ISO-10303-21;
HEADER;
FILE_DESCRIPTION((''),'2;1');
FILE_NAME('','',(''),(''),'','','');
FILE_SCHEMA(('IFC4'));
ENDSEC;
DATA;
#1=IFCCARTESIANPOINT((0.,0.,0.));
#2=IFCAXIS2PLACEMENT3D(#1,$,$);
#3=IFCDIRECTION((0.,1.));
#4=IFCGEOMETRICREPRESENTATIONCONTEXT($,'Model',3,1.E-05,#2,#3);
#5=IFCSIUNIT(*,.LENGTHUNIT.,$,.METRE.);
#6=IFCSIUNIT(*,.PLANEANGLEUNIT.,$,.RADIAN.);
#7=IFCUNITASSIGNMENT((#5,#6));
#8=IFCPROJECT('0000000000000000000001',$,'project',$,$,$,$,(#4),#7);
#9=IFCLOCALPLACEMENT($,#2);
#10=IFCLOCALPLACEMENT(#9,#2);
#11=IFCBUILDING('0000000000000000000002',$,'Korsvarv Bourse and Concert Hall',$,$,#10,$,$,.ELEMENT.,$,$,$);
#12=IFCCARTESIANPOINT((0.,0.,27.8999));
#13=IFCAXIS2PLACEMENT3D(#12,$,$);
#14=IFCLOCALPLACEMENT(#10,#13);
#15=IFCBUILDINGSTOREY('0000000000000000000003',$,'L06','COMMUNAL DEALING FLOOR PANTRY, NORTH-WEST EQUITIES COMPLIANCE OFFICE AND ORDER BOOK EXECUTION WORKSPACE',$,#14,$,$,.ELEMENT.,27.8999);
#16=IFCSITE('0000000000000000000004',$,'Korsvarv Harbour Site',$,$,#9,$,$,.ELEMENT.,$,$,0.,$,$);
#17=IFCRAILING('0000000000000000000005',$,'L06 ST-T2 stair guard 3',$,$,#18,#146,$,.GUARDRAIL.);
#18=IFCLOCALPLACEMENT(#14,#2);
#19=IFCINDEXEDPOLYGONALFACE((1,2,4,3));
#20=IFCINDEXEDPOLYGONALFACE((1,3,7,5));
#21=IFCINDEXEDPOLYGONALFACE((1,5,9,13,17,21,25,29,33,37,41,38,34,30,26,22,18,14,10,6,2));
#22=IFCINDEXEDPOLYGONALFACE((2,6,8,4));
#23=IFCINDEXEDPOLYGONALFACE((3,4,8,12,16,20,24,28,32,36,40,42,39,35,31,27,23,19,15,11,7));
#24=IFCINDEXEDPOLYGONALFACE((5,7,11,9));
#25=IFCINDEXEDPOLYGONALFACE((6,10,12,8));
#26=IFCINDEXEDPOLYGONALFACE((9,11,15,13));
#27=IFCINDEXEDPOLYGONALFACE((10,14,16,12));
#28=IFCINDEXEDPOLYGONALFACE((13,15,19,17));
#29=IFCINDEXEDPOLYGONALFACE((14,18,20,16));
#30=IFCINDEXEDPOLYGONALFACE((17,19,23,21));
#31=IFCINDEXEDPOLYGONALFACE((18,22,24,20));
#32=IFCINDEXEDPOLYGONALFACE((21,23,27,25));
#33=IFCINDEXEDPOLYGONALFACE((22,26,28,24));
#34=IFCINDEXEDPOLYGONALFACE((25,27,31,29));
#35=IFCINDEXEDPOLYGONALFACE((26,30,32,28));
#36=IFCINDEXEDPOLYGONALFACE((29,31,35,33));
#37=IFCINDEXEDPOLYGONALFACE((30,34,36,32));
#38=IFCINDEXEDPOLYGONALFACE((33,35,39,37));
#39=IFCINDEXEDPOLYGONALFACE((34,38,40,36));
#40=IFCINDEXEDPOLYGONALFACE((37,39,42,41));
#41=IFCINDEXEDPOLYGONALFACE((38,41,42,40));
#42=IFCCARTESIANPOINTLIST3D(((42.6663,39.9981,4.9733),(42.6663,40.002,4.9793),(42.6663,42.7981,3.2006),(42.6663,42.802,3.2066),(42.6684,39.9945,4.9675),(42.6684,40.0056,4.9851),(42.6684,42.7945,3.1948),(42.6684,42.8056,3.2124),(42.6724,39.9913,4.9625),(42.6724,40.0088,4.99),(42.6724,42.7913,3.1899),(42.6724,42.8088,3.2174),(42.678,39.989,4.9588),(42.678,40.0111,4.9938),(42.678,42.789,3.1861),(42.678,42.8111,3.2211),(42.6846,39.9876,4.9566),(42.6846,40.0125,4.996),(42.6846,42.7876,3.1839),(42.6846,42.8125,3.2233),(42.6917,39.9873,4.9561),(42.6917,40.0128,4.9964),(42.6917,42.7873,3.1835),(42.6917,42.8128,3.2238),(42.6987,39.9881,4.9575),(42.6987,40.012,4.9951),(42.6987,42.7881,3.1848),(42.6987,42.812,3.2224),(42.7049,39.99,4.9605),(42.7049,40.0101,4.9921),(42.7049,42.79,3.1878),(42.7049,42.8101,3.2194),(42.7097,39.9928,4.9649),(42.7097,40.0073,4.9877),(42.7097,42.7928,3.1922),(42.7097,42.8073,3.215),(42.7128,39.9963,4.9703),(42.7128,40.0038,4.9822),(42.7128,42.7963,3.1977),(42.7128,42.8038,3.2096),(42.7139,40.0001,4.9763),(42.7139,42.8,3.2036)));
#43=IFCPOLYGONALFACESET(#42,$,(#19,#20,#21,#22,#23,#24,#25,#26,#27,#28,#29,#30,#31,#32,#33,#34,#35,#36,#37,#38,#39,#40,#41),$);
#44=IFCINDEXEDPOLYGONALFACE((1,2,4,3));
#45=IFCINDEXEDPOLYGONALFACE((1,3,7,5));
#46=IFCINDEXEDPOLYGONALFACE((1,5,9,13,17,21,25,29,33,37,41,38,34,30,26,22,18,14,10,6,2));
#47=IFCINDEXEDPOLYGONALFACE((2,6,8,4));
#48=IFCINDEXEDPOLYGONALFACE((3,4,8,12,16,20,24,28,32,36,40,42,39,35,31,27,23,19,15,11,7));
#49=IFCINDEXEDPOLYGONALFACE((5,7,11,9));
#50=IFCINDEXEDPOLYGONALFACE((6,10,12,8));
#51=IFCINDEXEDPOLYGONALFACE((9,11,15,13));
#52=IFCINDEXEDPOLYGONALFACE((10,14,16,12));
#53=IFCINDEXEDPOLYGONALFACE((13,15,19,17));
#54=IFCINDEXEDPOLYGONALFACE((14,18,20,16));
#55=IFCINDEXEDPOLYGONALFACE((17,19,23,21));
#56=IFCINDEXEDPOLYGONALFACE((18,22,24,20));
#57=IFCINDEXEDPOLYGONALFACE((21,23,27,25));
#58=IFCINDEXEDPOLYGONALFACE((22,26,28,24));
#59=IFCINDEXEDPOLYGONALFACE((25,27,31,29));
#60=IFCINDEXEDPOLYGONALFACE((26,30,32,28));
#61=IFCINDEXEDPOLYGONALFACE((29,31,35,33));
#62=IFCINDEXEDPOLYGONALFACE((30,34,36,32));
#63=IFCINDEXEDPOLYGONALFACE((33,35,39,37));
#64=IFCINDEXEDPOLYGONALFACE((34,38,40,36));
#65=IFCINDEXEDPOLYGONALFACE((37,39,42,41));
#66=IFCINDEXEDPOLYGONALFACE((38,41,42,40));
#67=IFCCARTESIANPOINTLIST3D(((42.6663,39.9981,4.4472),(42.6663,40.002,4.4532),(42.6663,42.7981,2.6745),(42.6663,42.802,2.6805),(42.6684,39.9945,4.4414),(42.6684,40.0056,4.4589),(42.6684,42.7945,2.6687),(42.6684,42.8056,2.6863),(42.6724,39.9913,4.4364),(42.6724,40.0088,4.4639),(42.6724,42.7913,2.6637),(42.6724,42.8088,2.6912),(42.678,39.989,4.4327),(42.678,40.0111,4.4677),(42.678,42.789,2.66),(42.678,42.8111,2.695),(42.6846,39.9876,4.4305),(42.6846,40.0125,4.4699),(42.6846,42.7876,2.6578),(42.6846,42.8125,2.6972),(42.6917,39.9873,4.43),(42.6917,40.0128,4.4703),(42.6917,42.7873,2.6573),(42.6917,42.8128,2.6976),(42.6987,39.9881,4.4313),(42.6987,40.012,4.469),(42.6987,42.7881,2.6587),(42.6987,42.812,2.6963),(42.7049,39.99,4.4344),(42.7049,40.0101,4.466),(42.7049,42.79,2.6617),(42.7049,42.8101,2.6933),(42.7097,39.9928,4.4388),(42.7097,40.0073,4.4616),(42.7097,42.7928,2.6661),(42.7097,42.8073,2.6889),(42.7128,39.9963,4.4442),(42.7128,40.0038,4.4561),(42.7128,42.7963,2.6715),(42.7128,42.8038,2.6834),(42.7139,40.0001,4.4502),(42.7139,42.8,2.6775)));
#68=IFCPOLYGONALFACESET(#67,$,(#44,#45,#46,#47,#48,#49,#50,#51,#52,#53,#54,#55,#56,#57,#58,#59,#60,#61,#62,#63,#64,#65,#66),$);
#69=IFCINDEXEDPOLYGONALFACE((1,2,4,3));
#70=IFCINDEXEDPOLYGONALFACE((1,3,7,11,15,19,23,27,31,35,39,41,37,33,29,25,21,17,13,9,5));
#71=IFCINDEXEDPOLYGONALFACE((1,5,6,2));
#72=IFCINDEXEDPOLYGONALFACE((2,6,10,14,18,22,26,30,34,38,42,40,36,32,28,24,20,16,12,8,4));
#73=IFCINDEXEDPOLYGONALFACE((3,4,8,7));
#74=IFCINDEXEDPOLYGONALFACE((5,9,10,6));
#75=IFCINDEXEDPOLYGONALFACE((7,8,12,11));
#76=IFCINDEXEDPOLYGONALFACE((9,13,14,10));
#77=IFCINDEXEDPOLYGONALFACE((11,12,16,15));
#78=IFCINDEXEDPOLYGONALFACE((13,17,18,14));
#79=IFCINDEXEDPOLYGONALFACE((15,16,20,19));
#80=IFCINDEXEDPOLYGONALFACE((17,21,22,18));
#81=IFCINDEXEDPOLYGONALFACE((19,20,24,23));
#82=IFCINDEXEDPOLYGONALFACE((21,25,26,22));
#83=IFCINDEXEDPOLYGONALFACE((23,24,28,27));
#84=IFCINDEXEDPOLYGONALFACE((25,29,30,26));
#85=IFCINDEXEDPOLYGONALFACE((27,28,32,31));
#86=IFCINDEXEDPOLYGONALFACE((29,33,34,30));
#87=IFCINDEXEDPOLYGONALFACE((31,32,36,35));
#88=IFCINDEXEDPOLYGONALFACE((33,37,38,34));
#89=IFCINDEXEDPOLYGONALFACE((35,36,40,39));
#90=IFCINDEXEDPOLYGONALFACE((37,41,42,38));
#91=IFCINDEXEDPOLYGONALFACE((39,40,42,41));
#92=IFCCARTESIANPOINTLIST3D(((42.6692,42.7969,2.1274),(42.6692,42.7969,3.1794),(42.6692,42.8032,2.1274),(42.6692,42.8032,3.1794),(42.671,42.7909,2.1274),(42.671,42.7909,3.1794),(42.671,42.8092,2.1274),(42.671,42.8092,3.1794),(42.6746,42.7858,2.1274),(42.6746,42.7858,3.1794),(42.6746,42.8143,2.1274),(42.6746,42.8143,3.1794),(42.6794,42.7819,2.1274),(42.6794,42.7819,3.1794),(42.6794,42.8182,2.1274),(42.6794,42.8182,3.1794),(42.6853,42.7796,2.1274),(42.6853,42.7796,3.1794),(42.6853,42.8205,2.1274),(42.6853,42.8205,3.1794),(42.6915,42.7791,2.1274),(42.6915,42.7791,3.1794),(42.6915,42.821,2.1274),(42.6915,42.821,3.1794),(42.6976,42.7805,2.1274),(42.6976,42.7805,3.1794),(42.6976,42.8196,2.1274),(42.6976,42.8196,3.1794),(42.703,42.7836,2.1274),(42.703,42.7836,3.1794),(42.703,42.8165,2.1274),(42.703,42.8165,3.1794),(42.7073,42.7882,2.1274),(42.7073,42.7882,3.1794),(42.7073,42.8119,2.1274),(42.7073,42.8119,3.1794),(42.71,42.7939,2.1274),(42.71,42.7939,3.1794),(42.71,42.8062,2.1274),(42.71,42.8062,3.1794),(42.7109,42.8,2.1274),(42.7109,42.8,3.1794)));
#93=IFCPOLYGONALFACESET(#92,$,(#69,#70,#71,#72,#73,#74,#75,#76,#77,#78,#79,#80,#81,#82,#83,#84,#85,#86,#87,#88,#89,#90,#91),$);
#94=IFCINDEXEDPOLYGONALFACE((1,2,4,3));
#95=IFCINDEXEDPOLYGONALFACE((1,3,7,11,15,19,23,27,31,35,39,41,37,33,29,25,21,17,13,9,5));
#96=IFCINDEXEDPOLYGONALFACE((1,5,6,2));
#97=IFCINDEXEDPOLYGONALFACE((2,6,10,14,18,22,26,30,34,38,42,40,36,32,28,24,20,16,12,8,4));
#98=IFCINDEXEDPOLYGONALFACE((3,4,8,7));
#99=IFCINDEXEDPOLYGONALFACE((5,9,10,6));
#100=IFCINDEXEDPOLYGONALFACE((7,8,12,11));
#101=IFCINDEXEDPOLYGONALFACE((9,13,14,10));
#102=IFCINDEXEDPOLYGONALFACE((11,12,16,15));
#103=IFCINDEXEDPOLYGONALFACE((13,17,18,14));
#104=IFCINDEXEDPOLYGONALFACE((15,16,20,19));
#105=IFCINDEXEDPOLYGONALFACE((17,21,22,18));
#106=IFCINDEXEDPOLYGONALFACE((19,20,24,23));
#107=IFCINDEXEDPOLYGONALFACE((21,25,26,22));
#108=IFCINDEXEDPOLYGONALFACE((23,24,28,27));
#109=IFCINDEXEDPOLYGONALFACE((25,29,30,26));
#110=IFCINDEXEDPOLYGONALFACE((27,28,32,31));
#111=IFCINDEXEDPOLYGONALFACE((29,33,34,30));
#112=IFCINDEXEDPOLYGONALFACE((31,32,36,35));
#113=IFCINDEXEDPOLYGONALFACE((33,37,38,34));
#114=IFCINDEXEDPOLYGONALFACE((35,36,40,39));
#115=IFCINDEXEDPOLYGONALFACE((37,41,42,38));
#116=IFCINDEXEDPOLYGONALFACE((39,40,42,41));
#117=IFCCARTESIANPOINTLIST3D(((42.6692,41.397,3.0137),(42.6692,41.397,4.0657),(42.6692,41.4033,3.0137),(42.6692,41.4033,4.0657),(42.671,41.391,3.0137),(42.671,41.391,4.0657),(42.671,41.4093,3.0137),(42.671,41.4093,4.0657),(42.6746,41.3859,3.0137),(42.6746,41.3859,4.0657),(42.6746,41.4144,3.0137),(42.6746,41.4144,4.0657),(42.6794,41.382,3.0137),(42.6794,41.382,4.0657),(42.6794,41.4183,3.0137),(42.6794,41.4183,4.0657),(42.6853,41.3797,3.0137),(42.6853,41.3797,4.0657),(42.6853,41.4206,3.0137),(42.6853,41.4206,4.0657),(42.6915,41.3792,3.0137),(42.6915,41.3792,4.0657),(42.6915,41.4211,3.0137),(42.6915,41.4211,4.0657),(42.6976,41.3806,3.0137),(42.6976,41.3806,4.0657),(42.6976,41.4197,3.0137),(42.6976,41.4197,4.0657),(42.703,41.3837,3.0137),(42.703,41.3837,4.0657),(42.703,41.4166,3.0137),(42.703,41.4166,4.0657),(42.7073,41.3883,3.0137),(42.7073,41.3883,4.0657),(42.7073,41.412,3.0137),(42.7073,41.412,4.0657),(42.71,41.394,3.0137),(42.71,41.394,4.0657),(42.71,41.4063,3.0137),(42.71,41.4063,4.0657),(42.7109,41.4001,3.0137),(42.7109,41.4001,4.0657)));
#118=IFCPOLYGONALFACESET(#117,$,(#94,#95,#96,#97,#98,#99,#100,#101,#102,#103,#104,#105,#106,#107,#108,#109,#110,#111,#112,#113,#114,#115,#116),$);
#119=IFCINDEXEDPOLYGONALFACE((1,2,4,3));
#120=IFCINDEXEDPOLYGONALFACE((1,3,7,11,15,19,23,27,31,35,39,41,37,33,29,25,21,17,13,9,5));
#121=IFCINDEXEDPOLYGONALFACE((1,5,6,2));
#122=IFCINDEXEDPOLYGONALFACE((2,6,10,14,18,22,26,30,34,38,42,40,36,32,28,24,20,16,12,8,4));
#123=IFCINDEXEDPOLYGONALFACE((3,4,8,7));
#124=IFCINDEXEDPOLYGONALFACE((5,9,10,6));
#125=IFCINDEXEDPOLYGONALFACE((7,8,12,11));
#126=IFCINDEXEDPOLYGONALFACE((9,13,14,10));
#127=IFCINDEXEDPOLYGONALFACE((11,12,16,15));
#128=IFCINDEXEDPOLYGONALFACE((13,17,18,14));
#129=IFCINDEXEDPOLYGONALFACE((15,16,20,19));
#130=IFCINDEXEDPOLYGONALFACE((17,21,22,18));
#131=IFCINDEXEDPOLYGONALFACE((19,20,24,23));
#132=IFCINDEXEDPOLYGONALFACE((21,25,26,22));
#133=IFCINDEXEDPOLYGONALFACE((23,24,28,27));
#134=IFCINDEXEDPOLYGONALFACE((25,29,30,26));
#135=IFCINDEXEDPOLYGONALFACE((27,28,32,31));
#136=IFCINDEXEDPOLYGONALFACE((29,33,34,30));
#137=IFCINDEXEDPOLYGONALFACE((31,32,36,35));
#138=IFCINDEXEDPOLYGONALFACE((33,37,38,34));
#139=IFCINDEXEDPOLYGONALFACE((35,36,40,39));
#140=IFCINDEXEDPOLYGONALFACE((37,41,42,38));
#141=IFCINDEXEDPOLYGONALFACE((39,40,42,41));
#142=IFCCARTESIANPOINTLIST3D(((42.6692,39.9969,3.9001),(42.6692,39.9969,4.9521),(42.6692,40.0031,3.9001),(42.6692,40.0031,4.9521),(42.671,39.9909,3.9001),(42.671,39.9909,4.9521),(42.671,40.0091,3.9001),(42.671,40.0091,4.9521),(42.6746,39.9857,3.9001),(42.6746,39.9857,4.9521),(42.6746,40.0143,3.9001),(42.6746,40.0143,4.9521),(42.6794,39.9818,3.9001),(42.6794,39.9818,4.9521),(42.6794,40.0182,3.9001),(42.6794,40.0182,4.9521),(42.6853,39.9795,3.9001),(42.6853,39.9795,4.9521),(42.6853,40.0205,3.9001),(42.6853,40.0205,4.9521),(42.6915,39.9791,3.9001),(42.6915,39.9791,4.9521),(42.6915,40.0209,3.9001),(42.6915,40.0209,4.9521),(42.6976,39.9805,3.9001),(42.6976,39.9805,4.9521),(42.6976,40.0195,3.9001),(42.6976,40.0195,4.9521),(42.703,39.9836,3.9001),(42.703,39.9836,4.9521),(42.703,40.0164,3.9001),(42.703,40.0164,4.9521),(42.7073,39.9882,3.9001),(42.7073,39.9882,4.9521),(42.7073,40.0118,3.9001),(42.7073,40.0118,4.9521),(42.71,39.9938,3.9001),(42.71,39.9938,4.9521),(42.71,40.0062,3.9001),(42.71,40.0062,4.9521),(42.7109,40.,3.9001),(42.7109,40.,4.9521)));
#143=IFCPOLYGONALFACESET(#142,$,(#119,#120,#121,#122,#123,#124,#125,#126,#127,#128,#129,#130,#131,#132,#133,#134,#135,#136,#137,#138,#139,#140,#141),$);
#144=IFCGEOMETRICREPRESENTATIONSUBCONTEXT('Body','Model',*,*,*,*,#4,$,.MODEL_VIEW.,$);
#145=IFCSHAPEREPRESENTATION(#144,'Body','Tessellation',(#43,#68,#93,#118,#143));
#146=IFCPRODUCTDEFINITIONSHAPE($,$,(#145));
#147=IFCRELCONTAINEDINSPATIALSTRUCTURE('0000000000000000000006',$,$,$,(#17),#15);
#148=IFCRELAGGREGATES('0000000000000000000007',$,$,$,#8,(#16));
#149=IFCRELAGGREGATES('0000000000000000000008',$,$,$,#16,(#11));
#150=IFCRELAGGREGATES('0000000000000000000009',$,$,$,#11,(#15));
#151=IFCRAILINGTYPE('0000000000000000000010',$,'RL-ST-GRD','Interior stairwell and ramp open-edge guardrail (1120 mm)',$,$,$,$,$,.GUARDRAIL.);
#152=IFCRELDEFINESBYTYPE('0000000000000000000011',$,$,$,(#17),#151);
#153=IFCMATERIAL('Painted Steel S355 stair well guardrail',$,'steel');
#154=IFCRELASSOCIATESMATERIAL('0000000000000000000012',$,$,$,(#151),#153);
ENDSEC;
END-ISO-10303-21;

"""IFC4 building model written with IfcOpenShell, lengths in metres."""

from ifc_helpers import new_model, si_unit, direction, frame, origin, origin_2d, place, context, subcontext, project, spatial, circle, extrude, material, type_object, element, save


model = new_model("IFC4")

# Units and contexts
model_context = context("Model", 3, precision=1e-05, world=origin(), true_north=direction((0.0, 1.0)))
body_context = subcontext(model_context, "Body", "Model", "MODEL_VIEW")
ifc_project = project(units=[si_unit("LENGTHUNIT", "METRE"), si_unit("PLANEANGLEUNIT", "RADIAN")], contexts=[model_context])

# Site, building, storey
site_placement = place(None, origin())
site = spatial("IfcSite", under=ifc_project, at=site_placement, Name="Korsvarv Harbour Site", CompositionType="ELEMENT", RefElevation=0.0)
building_placement = place(site_placement, origin())
building = spatial("IfcBuilding", under=site, at=building_placement, Name="Korsvarv Bourse and Concert Hall", CompositionType="ELEMENT")
storey_placement = place(building_placement, frame((0.0, 0.0, 27.8999)))
storey = spatial("IfcBuildingStorey", under=building, at=storey_placement, Name="L06", Description="COMMUNAL DEALING FLOOR PANTRY, NORTH-WEST EQUITIES COMPLIANCE OFFICE AND ORDER BOOK EXECUTION WORKSPACE", CompositionType="ELEMENT", Elevation=27.8999)

# Railing
ifc_material_1 = material(Name="Painted Steel S355 stair well guardrail", Category="steel")
railing_type_1 = type_object("IfcRailingType", Name="RL-ST-GRD", Description="Interior stairwell and ramp open-edge guardrail (1120 mm)", PredefinedType="GUARDRAIL", material=ifc_material_1)
railing_1_placement = place(storey_placement, frame((42.6899, 42.8, 2.1274)))
element("IfcRailing", 1, at=railing_1_placement, inside=storey, type_object=railing_type_1, Name="L06 ST-T2 stair guard 3", PredefinedType="GUARDRAIL", context=body_context, shape_type="SweptSolid", body=[
    extrude(circle(Radius=0.0239, at=origin_2d()), frame((0.0, 0.0, 1.0762), z_axis=(0.0, -0.844909, 0.53491), x_axis=(1.0, 0.0, 0.0)), (0.0, 0.0, 1.0), 3.314),
    extrude(circle(Radius=0.0239, at=origin_2d()), frame((0.0, 0.0, 0.55), z_axis=(0.0, -0.844909, 0.53491), x_axis=(1.0, 0.0, 0.0)), (0.0, 0.0, 1.0), 3.314),
    extrude(circle(Radius=0.021, at=origin_2d()), origin(), (0.0, 0.0, 1.0), 1.052),
    extrude(circle(Radius=0.021, at=origin_2d()), frame((0.0, -1.3999, 0.8862)), (0.0, 0.0, 1.0), 1.052),
    extrude(circle(Radius=0.021, at=origin_2d()), frame((0.0, -2.8, 1.7727)), (0.0, 0.0, 1.0), 1.052),
])

save(model, "model.ifc")
